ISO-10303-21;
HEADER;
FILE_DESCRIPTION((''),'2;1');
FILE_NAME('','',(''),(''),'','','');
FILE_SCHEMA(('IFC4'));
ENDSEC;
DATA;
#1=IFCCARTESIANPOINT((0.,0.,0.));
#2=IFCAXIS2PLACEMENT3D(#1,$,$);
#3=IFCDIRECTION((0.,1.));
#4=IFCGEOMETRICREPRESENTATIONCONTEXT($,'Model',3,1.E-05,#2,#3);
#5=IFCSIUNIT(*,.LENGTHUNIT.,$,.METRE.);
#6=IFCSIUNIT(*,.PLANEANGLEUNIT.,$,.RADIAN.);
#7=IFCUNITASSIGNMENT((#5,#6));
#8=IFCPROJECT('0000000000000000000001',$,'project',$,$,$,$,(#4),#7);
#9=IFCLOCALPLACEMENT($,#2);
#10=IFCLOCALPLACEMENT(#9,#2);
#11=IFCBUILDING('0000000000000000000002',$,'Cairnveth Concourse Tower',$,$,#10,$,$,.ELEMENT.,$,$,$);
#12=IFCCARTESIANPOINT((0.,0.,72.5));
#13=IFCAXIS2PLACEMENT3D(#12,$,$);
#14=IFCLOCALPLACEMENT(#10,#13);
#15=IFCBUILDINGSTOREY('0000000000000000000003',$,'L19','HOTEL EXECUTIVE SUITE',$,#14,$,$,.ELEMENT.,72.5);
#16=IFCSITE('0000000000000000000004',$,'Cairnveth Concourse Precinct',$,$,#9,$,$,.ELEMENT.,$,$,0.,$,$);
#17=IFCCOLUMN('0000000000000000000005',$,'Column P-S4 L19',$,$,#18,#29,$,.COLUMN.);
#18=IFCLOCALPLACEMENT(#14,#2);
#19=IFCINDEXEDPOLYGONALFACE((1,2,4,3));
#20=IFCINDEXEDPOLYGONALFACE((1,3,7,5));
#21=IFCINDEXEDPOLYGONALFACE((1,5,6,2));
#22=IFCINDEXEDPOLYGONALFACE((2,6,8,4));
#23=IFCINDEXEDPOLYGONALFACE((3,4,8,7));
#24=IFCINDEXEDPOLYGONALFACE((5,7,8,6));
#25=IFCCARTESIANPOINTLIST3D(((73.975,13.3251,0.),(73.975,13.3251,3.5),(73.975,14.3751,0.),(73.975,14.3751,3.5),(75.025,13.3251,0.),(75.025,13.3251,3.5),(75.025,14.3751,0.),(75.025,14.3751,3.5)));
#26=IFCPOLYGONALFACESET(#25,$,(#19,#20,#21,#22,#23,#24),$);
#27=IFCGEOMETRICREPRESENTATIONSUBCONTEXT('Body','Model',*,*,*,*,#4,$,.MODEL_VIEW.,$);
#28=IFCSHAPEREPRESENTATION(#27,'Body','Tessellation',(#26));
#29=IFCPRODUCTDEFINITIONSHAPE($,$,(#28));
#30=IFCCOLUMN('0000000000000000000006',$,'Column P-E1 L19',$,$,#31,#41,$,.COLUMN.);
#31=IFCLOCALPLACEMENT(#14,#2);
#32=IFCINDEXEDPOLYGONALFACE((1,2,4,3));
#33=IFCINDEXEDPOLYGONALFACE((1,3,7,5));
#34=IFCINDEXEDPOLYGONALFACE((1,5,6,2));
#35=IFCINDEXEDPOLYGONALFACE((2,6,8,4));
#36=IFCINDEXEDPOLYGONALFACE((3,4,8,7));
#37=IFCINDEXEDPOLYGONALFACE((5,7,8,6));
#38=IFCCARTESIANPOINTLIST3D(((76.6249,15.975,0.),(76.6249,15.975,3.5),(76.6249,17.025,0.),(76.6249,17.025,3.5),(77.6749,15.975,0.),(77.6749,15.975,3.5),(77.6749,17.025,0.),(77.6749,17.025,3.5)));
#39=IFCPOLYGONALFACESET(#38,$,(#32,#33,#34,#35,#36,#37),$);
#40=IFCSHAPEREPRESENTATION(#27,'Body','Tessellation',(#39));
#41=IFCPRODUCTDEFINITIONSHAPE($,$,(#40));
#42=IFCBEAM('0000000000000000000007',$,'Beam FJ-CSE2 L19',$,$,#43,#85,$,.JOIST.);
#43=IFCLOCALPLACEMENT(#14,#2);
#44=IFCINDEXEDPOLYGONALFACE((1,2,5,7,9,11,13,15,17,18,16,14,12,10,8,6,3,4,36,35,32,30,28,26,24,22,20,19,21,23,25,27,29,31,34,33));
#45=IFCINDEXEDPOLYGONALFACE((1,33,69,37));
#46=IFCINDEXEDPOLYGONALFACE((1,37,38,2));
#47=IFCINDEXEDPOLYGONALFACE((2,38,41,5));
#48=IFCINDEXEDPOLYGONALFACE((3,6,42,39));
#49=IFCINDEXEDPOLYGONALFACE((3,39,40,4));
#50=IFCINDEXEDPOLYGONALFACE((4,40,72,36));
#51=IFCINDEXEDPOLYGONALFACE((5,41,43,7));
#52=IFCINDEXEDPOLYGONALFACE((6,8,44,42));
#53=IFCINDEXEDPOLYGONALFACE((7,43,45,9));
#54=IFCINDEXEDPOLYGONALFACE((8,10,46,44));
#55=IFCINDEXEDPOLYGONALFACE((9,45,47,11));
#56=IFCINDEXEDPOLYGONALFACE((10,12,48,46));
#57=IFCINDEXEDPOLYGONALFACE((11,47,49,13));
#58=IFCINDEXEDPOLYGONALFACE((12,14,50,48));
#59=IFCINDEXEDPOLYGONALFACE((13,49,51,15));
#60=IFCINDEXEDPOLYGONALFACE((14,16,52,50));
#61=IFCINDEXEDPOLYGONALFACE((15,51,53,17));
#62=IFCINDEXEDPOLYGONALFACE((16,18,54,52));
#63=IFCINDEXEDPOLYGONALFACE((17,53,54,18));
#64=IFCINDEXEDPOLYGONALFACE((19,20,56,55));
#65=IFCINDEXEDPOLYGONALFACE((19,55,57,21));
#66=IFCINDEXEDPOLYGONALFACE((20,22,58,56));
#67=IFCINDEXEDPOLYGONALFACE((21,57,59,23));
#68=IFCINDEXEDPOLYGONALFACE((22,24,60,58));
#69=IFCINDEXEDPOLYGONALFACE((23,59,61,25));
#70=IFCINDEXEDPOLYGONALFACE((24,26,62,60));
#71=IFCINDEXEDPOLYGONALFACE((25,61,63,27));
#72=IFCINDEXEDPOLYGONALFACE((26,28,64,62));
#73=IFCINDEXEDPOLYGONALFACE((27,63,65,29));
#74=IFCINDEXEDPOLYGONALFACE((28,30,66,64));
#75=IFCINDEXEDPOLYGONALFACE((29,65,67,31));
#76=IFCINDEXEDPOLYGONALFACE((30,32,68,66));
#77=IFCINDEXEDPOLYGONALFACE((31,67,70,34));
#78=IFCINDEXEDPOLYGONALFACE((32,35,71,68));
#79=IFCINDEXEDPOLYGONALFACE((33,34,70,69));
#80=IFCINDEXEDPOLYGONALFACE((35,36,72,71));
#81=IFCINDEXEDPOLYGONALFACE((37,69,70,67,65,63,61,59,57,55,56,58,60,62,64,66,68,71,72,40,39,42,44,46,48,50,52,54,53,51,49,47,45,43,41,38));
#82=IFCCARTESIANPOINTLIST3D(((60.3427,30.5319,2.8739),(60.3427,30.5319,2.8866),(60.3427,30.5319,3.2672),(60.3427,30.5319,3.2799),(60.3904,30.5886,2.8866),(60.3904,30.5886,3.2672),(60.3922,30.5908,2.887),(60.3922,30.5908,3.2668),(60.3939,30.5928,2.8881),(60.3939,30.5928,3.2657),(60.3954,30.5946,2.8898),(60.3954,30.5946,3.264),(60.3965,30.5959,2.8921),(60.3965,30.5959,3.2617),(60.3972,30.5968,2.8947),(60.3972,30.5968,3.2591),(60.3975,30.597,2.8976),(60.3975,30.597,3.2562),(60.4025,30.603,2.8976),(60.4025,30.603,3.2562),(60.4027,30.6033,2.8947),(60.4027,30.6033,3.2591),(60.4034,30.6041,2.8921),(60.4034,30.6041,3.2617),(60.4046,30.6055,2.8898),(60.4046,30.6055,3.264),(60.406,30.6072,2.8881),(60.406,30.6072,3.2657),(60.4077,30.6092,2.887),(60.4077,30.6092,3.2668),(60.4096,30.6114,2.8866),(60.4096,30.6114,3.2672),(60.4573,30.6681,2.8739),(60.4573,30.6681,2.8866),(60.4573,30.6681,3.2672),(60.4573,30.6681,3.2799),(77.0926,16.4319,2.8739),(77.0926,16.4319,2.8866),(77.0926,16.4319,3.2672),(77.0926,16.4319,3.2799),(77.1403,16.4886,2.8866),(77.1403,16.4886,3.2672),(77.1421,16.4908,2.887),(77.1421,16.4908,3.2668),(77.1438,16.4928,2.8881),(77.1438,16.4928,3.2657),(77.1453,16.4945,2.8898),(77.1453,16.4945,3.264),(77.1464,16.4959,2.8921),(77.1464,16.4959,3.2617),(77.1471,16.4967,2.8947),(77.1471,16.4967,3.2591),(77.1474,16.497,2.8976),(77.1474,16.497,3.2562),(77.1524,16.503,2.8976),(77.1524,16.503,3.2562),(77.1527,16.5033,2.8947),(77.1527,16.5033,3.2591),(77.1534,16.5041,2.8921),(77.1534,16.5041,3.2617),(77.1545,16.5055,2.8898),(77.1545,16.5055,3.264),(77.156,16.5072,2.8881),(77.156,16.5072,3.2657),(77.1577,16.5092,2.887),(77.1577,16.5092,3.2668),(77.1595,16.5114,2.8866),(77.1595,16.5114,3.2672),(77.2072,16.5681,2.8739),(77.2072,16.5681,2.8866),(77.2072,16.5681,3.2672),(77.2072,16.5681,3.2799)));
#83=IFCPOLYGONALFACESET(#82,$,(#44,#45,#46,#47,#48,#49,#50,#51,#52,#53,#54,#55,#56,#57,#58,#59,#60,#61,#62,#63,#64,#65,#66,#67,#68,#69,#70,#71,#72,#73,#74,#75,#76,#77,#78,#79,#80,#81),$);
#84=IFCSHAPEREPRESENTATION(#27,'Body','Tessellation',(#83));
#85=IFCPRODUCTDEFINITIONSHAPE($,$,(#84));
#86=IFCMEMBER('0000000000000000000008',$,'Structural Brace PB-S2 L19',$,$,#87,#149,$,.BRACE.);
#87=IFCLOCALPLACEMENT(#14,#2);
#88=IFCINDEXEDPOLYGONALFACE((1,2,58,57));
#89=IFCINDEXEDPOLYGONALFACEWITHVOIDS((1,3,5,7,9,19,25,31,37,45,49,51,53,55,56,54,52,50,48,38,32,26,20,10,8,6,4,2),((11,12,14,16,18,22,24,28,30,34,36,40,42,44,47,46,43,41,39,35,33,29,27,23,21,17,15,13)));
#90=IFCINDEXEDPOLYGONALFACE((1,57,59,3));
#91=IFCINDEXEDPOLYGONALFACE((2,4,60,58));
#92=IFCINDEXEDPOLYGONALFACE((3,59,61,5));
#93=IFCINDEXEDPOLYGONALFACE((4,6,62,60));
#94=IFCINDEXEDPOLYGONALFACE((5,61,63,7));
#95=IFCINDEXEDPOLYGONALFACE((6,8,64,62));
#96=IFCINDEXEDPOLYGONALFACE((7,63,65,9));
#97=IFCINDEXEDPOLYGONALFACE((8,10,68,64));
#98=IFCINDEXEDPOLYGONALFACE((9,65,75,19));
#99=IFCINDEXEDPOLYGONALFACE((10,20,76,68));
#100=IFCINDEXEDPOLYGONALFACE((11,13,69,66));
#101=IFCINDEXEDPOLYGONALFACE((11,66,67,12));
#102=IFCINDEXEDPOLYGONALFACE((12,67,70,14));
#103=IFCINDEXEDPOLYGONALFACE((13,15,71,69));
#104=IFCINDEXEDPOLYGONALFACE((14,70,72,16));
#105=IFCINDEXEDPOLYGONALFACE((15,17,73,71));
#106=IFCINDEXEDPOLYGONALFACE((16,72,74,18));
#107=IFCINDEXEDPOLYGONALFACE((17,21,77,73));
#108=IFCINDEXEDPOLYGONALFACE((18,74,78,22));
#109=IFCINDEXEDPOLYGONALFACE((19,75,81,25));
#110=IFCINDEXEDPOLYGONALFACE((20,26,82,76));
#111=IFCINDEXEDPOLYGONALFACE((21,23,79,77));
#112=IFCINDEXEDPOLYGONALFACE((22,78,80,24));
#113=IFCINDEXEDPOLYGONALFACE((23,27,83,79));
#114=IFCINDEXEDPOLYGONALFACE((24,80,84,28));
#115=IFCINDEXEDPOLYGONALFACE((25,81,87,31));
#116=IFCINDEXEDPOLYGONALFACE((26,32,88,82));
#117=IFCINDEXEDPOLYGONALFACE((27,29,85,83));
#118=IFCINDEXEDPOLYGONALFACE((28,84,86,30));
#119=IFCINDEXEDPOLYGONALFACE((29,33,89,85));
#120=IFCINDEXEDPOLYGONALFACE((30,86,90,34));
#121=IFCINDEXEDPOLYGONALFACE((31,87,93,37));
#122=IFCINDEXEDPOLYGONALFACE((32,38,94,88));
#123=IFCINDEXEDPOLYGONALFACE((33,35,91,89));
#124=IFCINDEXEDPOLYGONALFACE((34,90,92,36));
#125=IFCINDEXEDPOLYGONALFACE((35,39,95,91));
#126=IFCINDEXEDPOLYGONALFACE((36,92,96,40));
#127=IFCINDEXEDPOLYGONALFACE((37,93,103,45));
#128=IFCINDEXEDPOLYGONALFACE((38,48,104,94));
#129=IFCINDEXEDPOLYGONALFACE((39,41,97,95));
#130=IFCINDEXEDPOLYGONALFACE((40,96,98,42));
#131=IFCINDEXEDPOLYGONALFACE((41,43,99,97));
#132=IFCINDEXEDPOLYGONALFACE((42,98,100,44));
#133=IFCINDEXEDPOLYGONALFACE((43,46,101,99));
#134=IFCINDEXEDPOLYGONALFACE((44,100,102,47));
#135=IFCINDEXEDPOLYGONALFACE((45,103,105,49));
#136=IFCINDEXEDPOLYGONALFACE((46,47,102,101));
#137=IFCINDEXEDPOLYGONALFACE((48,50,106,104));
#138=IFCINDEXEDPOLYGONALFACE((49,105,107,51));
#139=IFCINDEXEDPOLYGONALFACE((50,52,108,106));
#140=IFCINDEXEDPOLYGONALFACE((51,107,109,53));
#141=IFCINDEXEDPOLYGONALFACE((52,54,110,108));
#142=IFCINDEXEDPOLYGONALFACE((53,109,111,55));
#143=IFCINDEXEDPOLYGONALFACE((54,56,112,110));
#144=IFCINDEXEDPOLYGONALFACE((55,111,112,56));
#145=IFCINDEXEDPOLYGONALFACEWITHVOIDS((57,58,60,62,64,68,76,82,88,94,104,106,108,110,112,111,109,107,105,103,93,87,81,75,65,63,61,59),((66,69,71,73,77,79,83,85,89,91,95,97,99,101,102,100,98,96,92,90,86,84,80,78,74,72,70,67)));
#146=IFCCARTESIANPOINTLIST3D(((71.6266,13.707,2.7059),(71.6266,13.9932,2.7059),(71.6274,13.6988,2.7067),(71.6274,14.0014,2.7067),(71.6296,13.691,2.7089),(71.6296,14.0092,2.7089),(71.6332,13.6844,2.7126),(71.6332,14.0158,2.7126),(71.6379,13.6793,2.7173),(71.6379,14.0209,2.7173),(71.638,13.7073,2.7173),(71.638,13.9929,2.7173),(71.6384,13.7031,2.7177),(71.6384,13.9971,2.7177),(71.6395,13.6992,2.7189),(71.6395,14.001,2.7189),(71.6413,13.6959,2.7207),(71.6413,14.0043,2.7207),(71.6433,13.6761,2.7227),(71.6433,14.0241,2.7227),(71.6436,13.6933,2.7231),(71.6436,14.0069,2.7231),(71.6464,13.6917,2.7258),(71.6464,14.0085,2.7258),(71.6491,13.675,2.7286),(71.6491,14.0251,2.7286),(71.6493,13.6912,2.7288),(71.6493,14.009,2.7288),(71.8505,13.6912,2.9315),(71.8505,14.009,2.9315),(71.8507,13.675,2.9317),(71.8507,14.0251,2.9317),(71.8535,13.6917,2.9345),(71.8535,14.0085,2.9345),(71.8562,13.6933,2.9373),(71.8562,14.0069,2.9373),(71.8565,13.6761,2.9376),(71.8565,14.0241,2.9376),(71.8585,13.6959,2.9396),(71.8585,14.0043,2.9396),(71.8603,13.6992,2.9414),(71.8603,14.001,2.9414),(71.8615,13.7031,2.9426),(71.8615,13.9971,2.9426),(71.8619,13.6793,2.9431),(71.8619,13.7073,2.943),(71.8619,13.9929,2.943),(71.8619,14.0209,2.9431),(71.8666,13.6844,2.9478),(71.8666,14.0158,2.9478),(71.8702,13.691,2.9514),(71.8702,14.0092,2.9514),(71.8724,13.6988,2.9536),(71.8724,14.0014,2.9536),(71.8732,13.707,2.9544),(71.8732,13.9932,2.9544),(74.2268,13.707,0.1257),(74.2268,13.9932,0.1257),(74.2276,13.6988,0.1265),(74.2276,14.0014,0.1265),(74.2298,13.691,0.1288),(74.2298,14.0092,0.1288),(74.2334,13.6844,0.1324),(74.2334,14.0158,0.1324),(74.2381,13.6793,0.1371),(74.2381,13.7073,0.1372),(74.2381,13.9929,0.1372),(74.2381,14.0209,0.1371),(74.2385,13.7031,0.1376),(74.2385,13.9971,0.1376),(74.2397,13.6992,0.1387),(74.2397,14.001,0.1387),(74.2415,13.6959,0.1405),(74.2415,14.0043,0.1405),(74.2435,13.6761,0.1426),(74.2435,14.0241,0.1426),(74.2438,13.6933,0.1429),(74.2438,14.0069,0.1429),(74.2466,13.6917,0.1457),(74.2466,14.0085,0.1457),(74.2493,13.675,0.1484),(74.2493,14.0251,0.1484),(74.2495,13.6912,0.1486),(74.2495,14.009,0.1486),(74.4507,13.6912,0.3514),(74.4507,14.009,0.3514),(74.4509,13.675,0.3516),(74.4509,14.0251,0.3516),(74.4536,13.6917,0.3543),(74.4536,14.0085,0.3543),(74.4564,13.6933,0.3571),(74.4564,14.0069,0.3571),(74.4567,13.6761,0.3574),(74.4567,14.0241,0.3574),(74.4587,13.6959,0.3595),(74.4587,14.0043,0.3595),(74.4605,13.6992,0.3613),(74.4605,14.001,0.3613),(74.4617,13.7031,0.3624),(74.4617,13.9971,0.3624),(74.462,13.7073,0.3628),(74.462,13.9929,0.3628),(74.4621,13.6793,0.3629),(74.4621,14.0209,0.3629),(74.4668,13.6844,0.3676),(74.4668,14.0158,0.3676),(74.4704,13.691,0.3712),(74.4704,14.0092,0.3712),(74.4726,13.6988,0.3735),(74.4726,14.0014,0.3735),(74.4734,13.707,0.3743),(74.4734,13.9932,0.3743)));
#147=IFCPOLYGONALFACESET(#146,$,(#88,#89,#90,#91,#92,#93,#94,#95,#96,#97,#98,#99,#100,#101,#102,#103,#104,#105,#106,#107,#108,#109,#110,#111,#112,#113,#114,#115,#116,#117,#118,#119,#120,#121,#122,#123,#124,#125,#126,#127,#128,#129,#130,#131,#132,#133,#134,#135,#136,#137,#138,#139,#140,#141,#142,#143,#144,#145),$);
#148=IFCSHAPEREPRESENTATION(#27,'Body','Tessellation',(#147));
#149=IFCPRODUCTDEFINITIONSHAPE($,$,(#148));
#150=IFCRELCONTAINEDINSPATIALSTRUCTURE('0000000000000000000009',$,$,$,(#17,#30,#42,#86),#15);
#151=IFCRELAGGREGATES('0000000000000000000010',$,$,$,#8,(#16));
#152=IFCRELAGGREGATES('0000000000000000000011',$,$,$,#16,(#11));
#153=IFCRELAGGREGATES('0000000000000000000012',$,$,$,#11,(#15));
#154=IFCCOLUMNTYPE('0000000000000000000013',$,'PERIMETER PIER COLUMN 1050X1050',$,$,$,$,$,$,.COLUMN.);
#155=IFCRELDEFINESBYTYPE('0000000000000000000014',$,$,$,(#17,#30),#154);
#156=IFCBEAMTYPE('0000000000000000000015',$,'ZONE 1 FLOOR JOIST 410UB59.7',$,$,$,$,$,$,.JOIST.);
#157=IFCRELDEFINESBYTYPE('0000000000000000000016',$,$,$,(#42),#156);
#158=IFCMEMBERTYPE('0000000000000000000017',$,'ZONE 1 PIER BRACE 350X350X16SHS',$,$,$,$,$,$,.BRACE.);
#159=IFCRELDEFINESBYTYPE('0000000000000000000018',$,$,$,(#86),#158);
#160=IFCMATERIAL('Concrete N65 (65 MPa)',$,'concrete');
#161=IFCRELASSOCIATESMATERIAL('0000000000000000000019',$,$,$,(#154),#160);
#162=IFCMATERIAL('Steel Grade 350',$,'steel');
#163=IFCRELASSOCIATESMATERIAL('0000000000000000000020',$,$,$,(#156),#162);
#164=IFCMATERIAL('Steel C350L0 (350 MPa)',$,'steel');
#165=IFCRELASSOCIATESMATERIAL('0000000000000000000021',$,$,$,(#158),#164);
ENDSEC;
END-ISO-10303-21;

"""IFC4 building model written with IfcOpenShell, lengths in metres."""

from ifc_helpers import new_model, si_unit, direction, frame, origin, origin_2d, place, context, subcontext, project, spatial, rectangle, hollow_rectangle, i_section, extrude, material, material_profile, profile_set, type_object, element, save


model = new_model("IFC4")

# Units and contexts
model_context = context("Model", 3, precision=1e-05, world=origin(), true_north=direction((0.0, 1.0)))
body_context = subcontext(model_context, "Body", "Model", "MODEL_VIEW")
ifc_project = project(units=[si_unit("LENGTHUNIT", "METRE"), si_unit("PLANEANGLEUNIT", "RADIAN")], contexts=[model_context])

# Site, building, storey
site_placement = place(None, origin())
site = spatial("IfcSite", under=ifc_project, at=site_placement, Name="Cairnveth Concourse Precinct", CompositionType="ELEMENT", RefElevation=0.0)
building_placement = place(site_placement, origin())
building = spatial("IfcBuilding", under=site, at=building_placement, Name="Cairnveth Concourse Tower", CompositionType="ELEMENT")
storey_placement = place(building_placement, frame((0.0, 0.0, 72.5)))
storey = spatial("IfcBuildingStorey", under=building, at=storey_placement, Name="L19", Description="HOTEL EXECUTIVE SUITE", CompositionType="ELEMENT", Elevation=72.5)

# Columns
ifc_material_1 = material(Name="Concrete N65 (65 MPa)", Category="concrete")
ifc_material_profile_1 = material_profile(ifc_material_1, rectangle(XDim=1.05, YDim=1.05, at=origin_2d()), Name="RC-COL-1050x1050")
ifc_profile_set_1 = profile_set([ifc_material_profile_1], Name="Concrete N65 (65 MPa)")
column_type = type_object("IfcColumnType", Name="PERIMETER PIER COLUMN 1050X1050", PredefinedType="COLUMN", material=ifc_profile_set_1)
for number, where, z_axis, x_axis, name in (
    (1, (74.5, 13.8501, 0.0), (0.0, 0.0, 1.0), (1.0, 0.0, 0.0), "Column P-S4 L19"),
    (2, (77.1499, 16.5, 0.0), (0.0, 0.0, 1.0), (0.0, 1.0, 0.0), "Column P-E1 L19"),
):
    element("IfcColumn", number, at=place(storey_placement, frame(where, z_axis=z_axis, x_axis=x_axis)), inside=storey, type_object=column_type, Name=name, PredefinedType="COLUMN", context=body_context, shape_type="SweptSolid", body=[
        extrude(rectangle(XDim=1.05, YDim=1.05, at=origin_2d()), origin(), (0.0, 0.0, 1.0), 3.5),
    ])

# Beam
ifc_material_2 = material(Name="Steel Grade 350", Category="steel")
ifc_material_profile_2 = material_profile(ifc_material_2, i_section(OverallWidth=0.178, OverallDepth=0.406, WebThickness=0.0078, FlangeThickness=0.0127, FilletRadius=0.011, at=origin_2d()), Name="410UB59.7")
ifc_profile_set_2 = profile_set([ifc_material_profile_2], Name="Steel Grade 350")
beam_type_1 = type_object("IfcBeamType", Name="ZONE 1 FLOOR JOIST 410UB59.7", PredefinedType="JOIST", material=ifc_profile_set_2)
beam_1_placement = place(storey_placement, frame((77.1499, 16.5, 3.0769), z_axis=(-0.765027, 0.643998, 0.0), x_axis=(-0.643998, -0.765027, 0.0)))
element("IfcBeam", 3, at=beam_1_placement, inside=storey, type_object=beam_type_1, Name="Beam FJ-CSE2 L19", PredefinedType="JOIST", context=body_context, shape_type="SweptSolid", body=[
    extrude(i_section(OverallWidth=0.178, OverallDepth=0.406, WebThickness=0.0078, FlangeThickness=0.0127, FilletRadius=0.011, at=origin_2d()), origin(), (0.0, 0.0, 1.0), 21.8945),
])

# Member
ifc_material_3 = material(Name="Steel C350L0 (350 MPa)", Category="steel")
ifc_material_profile_3 = material_profile(ifc_material_3, hollow_rectangle(XDim=0.3501, YDim=0.3501, WallThickness=0.0161, InnerFilletRadius=0.0161, OuterFilletRadius=0.032, at=origin_2d()), Name="350x350x16.0SHS")
ifc_profile_set_3 = profile_set([ifc_material_profile_3], Name="Steel C350L0 (350 MPa)")
member_type = type_object("IfcMemberType", Name="ZONE 1 PIER BRACE 350X350X16SHS", PredefinedType="BRACE", material=ifc_profile_set_3)
for number, where, z_axis, x_axis, name in (
    (4, (74.3501, 13.8501, 0.25), (-0.709834, 0.0, 0.704369), (0.0, -1.0, 0.0), "Structural Brace PB-S2 L19"),
):
    element("IfcMember", number, at=place(storey_placement, frame(where, z_axis=z_axis, x_axis=x_axis)), inside=storey, type_object=member_type, Name=name, PredefinedType="BRACE", context=body_context, shape_type="SweptSolid", body=[
        extrude(hollow_rectangle(XDim=0.3501, YDim=0.3501, WallThickness=0.0161, InnerFilletRadius=0.0161, OuterFilletRadius=0.032, at=origin_2d()), origin(), (0.0, 0.0, 1.0), 3.6631),
    ])

save(model, "model.ifc")
